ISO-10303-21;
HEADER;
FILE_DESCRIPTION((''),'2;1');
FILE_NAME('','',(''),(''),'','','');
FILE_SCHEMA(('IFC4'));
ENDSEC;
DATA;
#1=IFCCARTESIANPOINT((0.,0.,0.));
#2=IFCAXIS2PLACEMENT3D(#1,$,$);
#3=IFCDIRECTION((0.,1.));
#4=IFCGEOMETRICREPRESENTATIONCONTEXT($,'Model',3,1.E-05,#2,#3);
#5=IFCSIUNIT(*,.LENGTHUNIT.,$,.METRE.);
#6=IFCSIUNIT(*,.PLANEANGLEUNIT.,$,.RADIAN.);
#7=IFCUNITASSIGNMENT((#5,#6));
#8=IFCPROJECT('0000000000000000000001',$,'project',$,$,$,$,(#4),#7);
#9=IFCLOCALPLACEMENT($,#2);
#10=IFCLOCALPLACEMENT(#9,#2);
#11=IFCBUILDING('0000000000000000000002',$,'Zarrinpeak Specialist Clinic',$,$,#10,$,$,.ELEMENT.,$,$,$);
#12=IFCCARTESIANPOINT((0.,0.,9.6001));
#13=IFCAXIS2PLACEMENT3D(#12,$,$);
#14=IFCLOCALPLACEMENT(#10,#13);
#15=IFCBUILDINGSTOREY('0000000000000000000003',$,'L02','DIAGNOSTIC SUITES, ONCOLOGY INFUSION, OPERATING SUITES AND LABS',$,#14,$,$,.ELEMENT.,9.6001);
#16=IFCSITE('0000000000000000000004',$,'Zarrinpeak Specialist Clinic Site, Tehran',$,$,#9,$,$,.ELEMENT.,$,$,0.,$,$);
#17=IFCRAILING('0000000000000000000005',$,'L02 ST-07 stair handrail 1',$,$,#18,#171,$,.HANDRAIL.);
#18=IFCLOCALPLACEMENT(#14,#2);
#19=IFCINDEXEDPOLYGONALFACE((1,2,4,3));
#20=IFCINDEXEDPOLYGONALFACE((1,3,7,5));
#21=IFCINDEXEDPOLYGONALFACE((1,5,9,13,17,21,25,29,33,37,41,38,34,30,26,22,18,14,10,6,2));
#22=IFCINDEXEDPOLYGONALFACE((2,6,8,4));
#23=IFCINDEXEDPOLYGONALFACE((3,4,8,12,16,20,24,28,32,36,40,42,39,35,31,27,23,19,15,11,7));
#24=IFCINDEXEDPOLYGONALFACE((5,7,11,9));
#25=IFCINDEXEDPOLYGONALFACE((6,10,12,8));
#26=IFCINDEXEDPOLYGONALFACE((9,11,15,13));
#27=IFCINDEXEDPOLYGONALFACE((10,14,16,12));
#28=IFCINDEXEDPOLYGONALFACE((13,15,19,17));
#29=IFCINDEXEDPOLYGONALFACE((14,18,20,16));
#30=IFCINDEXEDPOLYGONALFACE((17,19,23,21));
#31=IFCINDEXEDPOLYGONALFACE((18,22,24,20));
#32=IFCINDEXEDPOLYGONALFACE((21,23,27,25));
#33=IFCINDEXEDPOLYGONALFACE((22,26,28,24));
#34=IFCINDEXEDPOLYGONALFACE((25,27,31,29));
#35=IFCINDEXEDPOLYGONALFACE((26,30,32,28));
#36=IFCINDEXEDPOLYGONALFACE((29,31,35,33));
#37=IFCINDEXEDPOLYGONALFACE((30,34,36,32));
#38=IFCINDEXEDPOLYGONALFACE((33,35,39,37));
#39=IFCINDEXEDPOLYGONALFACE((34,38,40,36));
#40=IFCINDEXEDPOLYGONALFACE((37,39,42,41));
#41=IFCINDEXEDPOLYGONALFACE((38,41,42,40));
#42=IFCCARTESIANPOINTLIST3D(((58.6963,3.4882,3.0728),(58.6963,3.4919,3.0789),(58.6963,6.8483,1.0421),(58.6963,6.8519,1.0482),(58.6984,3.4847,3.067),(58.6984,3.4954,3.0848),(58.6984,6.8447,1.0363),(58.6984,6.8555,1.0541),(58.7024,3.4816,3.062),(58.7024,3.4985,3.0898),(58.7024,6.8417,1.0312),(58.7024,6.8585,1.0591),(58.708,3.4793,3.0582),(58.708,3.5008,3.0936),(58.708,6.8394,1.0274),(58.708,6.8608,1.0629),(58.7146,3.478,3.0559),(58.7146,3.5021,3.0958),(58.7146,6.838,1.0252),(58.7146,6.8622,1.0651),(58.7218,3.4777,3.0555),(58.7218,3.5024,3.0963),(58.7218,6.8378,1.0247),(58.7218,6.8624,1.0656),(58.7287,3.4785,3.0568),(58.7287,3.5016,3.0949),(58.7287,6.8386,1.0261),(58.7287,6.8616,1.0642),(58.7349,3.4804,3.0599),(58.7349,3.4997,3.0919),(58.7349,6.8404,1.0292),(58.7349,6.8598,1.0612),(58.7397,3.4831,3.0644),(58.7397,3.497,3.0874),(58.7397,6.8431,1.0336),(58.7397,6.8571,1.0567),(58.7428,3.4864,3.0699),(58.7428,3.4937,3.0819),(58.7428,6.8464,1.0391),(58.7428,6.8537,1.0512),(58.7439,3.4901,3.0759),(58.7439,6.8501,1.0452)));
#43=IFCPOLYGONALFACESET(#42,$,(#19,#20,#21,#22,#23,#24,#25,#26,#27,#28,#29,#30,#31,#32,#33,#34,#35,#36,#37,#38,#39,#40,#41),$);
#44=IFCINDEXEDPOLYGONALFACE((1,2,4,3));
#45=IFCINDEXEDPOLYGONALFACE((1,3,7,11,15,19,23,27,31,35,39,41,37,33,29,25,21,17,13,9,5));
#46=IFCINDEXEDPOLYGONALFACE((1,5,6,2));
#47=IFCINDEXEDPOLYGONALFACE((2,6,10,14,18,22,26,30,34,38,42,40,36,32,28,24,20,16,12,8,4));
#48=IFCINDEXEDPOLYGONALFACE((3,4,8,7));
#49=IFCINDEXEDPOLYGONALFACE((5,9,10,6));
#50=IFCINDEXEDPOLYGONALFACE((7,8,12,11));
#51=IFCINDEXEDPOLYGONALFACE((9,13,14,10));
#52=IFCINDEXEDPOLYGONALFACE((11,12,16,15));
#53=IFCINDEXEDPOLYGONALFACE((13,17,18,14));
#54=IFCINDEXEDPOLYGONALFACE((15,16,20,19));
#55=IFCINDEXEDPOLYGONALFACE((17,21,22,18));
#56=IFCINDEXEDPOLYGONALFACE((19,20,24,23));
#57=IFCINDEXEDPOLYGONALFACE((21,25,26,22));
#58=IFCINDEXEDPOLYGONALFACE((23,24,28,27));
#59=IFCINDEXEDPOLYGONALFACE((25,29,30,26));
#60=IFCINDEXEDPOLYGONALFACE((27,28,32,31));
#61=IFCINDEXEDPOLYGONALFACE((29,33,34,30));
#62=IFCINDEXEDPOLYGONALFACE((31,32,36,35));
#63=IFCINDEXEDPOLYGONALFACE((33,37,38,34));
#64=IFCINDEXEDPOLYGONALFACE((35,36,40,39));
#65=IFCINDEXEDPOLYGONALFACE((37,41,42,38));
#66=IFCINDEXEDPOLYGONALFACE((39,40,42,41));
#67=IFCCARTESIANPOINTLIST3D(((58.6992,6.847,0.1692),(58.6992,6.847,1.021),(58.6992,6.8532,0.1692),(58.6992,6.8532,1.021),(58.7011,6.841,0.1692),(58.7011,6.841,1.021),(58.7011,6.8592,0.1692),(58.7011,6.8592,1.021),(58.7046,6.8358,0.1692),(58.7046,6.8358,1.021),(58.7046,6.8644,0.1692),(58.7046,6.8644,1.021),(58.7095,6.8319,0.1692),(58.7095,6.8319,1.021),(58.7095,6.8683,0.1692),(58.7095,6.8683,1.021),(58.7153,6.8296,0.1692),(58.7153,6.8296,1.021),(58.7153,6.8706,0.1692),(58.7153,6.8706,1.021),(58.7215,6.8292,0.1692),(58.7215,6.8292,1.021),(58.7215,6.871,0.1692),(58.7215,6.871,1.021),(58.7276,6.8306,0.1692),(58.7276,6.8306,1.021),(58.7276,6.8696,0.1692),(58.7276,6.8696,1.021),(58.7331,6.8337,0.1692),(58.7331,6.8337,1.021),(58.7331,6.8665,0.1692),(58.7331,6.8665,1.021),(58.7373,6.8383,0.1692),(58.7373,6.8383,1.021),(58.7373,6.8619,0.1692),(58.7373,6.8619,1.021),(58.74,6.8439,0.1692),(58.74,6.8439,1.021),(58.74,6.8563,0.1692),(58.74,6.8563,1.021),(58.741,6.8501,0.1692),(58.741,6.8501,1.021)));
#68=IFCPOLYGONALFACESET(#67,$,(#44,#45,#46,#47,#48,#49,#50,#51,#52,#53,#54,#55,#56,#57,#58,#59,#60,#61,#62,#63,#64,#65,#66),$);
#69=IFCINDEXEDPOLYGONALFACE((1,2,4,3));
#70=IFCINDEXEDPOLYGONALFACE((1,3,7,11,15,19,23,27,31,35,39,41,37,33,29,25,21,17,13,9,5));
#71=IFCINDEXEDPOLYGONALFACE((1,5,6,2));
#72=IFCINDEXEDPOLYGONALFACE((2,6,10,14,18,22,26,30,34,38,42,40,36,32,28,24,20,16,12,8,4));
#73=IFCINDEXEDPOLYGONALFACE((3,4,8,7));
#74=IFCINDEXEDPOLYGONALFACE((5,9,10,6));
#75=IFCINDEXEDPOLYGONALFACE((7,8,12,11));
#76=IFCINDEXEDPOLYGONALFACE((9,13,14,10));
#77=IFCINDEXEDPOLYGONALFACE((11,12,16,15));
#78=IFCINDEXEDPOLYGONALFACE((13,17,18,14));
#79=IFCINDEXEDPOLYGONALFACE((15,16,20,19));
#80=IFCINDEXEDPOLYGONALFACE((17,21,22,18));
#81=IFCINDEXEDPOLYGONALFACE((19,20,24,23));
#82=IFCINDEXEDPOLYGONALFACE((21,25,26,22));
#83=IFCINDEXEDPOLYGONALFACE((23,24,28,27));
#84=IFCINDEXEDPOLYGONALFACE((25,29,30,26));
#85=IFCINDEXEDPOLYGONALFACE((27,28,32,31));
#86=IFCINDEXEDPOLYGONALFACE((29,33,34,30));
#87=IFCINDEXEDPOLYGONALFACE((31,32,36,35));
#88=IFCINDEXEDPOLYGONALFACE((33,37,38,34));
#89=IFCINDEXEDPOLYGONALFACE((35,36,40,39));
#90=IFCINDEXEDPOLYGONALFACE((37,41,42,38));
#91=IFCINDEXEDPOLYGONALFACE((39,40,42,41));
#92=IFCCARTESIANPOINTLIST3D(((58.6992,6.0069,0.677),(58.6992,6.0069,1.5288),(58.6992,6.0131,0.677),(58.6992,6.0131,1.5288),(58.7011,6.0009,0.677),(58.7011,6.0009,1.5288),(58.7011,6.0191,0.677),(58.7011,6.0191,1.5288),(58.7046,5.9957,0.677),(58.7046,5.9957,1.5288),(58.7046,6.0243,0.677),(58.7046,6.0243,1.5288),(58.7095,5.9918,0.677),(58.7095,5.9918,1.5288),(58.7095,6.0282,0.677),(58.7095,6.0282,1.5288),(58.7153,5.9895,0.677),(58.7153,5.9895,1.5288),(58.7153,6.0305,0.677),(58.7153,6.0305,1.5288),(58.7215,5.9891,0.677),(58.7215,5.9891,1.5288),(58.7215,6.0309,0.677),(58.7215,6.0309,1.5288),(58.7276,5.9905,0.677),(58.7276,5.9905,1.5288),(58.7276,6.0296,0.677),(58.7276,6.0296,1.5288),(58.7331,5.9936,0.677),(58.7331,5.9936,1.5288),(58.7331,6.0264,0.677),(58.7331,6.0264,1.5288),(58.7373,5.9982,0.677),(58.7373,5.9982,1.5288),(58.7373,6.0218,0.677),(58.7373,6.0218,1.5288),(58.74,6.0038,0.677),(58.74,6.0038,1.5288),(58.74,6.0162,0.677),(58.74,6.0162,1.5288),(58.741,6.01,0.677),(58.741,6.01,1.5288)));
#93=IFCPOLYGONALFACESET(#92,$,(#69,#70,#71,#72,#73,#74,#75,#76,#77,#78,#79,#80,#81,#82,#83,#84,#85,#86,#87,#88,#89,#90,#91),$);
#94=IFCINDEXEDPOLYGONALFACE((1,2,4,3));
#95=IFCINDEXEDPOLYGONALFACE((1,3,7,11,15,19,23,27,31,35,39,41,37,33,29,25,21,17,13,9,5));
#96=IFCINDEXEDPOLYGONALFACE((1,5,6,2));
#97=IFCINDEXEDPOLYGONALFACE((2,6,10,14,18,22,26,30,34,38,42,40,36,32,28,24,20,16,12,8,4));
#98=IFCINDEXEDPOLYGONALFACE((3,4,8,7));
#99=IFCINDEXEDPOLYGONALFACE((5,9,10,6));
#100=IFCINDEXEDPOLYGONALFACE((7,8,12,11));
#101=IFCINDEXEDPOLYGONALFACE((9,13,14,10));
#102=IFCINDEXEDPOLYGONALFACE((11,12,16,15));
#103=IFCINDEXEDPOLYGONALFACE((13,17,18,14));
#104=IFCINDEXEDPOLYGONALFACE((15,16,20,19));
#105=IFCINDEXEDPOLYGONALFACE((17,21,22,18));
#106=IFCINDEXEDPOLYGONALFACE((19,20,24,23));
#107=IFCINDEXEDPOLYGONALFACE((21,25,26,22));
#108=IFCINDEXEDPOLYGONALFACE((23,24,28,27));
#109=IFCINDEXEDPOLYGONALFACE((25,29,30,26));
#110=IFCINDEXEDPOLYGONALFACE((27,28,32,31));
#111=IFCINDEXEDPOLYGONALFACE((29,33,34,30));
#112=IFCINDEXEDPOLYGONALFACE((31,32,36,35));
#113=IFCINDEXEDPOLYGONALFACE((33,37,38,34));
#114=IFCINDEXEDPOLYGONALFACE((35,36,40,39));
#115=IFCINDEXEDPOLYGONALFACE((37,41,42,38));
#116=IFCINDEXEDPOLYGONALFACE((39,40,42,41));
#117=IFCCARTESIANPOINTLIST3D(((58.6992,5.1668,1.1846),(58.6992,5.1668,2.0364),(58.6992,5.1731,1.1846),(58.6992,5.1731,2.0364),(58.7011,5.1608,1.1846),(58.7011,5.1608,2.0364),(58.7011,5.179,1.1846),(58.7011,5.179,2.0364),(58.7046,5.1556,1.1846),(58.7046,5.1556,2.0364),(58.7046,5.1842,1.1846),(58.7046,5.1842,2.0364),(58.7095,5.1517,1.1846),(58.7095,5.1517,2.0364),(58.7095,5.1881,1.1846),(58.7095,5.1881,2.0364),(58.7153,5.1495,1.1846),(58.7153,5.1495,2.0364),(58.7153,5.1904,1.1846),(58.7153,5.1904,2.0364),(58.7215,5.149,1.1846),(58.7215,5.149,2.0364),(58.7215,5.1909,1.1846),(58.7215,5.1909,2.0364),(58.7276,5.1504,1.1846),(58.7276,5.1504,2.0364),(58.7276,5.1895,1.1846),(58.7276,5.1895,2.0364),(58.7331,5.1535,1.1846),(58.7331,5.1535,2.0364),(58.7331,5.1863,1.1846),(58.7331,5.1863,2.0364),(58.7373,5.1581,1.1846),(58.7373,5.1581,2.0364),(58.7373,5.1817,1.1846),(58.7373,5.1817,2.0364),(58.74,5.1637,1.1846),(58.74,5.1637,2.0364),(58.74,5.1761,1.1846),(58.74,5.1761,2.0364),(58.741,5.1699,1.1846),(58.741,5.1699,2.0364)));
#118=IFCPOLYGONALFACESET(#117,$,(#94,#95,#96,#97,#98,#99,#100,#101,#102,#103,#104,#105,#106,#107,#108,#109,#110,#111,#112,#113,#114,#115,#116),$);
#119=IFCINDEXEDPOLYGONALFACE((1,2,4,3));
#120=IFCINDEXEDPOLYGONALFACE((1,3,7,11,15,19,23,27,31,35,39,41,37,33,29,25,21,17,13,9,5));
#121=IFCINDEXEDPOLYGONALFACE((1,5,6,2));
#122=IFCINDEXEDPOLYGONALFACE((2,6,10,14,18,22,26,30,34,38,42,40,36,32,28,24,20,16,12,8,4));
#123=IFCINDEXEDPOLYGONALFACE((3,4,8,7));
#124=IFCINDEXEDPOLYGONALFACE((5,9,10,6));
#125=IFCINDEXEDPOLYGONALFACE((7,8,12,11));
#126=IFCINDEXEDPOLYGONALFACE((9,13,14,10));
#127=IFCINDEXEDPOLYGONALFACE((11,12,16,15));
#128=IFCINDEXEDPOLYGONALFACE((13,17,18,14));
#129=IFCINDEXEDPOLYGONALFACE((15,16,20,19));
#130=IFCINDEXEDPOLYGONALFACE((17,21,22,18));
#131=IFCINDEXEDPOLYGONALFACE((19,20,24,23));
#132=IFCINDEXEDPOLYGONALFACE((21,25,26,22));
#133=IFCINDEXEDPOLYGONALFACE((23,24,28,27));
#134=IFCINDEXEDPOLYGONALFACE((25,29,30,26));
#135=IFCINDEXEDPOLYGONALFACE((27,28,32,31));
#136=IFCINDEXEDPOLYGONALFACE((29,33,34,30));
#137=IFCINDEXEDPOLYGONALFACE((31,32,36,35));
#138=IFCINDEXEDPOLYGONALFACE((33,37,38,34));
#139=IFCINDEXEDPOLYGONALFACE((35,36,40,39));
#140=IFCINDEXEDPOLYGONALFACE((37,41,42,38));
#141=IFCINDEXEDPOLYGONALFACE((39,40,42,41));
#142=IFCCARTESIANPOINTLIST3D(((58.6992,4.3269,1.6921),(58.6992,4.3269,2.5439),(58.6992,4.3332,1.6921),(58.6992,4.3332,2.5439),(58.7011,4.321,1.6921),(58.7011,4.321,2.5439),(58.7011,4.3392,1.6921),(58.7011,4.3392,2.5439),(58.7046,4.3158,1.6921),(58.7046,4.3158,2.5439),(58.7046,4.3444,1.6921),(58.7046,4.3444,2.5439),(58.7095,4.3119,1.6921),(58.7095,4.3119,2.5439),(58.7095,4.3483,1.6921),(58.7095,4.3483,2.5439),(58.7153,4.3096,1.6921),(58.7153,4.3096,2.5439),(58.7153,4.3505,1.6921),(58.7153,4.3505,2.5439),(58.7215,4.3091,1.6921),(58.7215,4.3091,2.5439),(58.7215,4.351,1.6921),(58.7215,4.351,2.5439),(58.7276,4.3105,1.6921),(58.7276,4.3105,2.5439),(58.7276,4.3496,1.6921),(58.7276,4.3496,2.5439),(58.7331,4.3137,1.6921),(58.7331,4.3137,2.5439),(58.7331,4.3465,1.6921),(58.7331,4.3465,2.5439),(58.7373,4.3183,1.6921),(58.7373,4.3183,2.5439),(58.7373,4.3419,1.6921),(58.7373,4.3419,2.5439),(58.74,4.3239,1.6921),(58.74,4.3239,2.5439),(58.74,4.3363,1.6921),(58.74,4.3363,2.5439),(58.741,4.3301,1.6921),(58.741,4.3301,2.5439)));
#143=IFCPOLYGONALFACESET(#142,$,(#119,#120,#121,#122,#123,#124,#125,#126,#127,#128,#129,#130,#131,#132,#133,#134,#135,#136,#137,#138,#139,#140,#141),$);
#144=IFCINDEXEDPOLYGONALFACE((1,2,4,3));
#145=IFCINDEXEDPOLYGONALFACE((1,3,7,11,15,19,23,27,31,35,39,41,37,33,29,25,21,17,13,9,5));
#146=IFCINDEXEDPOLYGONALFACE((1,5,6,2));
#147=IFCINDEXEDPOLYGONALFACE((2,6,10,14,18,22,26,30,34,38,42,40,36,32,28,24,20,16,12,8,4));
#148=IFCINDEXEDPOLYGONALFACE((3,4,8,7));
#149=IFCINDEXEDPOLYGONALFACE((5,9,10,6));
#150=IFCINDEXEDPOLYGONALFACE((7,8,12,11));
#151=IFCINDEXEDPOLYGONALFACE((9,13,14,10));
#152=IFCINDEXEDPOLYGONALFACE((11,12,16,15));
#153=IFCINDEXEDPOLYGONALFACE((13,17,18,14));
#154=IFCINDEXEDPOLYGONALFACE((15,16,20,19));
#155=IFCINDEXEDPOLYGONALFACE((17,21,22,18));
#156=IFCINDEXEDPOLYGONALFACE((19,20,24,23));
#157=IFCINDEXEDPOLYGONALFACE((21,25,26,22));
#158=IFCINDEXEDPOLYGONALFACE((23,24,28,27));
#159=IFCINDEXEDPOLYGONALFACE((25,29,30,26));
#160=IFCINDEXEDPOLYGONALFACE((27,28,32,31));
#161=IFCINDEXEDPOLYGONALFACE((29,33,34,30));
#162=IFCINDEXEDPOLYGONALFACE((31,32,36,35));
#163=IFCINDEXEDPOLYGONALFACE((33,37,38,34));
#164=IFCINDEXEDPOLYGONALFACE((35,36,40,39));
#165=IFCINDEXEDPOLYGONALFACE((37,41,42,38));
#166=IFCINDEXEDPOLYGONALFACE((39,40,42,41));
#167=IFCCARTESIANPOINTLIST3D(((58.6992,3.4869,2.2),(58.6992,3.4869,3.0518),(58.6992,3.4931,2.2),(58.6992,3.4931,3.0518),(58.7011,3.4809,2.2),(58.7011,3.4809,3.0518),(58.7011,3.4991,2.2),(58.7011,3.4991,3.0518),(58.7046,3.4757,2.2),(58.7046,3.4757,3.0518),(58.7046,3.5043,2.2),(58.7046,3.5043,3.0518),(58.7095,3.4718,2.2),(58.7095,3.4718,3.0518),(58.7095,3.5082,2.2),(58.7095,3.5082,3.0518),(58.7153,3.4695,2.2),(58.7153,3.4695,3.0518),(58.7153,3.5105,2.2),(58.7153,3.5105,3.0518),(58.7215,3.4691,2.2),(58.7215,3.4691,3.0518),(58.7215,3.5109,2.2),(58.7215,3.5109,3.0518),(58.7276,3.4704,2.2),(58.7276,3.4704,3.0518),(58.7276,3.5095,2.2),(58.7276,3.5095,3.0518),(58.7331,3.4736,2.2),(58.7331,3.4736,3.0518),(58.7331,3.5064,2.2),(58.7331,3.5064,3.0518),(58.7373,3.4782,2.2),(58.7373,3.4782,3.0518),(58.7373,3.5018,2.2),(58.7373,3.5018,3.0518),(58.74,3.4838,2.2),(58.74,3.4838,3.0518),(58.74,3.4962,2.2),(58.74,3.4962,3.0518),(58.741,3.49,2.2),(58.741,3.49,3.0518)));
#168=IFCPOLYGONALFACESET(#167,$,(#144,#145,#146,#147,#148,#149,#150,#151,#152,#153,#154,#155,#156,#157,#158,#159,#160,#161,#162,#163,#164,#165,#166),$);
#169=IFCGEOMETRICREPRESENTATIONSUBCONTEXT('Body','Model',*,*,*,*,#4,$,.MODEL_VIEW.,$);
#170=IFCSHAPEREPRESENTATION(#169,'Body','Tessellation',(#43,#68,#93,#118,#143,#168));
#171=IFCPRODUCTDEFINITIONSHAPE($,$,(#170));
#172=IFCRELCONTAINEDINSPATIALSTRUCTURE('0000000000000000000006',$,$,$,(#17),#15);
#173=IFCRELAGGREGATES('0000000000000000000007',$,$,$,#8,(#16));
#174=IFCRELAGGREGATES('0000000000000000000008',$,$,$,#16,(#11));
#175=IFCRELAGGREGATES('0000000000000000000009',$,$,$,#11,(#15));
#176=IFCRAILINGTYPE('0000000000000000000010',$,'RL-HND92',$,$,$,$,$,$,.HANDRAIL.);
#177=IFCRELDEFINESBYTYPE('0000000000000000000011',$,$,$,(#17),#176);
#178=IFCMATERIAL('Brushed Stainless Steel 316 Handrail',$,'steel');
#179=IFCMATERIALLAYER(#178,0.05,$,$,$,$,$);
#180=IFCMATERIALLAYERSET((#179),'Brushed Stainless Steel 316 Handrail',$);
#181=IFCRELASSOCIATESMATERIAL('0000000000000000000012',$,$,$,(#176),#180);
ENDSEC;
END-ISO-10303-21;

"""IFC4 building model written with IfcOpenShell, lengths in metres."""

from ifc_helpers import new_model, si_unit, direction, frame, origin, origin_2d, place, context, subcontext, project, spatial, circle, extrude, material, layer, layer_set, type_object, element, save


model = new_model("IFC4")

# Units and contexts
model_context = context("Model", 3, precision=1e-05, world=origin(), true_north=direction((0.0, 1.0)))
body_context = subcontext(model_context, "Body", "Model", "MODEL_VIEW")
ifc_project = project(units=[si_unit("LENGTHUNIT", "METRE"), si_unit("PLANEANGLEUNIT", "RADIAN")], contexts=[model_context])

# Site, building, storey
site_placement = place(None, origin())
site = spatial("IfcSite", under=ifc_project, at=site_placement, Name="Zarrinpeak Specialist Clinic Site, Tehran", CompositionType="ELEMENT", RefElevation=0.0)
building_placement = place(site_placement, origin())
building = spatial("IfcBuilding", under=site, at=building_placement, Name="Zarrinpeak Specialist Clinic", CompositionType="ELEMENT")
storey_placement = place(building_placement, frame((0.0, 0.0, 9.6001)))
storey = spatial("IfcBuildingStorey", under=building, at=storey_placement, Name="L02", Description="DIAGNOSTIC SUITES, ONCOLOGY INFUSION, OPERATING SUITES AND LABS", CompositionType="ELEMENT", Elevation=9.6001)

# Railing
ifc_material_1 = material(Name="Brushed Stainless Steel 316 Handrail", Category="steel")
ifc_layer_1 = layer(ifc_material_1, 0.05)
ifc_layer_set_1 = layer_set([ifc_layer_1], Name="Brushed Stainless Steel 316 Handrail")
railing_type_1 = type_object("IfcRailingType", Name="RL-HND92", PredefinedType="HANDRAIL", material=ifc_layer_set_1)
railing_1_placement = place(storey_placement, frame((58.72, 6.8501, 0.1692)))
element("IfcRailing", 1, at=railing_1_placement, inside=storey, type_object=railing_type_1, Name="L02 ST-07 stair handrail 1", PredefinedType="HANDRAIL", context=body_context, shape_type="SweptSolid", body=[
    extrude(circle(Radius=0.0239, at=origin_2d()), frame((0.0, 0.0, 0.876), z_axis=(0.0, -0.855837, 0.517246), x_axis=(1.0, 0.0, 0.0)), (0.0, 0.0, 1.0), 3.926),
    extrude(circle(Radius=0.021, at=origin_2d()), origin(), (0.0, 0.0, 1.0), 0.8518),
    extrude(circle(Radius=0.021, at=origin_2d()), frame((0.0, -0.8401, 0.5078)), (0.0, 0.0, 1.0), 0.8518),
    extrude(circle(Radius=0.021, at=origin_2d()), frame((0.0, -1.6802, 1.0154)), (0.0, 0.0, 1.0), 0.8518),
    extrude(circle(Radius=0.021, at=origin_2d()), frame((0.0, -2.52, 1.5229)), (0.0, 0.0, 1.0), 0.8518),
    extrude(circle(Radius=0.021, at=origin_2d()), frame((0.0, -3.3601, 2.0308)), (0.0, 0.0, 1.0), 0.8518),
])

save(model, "model.ifc")
